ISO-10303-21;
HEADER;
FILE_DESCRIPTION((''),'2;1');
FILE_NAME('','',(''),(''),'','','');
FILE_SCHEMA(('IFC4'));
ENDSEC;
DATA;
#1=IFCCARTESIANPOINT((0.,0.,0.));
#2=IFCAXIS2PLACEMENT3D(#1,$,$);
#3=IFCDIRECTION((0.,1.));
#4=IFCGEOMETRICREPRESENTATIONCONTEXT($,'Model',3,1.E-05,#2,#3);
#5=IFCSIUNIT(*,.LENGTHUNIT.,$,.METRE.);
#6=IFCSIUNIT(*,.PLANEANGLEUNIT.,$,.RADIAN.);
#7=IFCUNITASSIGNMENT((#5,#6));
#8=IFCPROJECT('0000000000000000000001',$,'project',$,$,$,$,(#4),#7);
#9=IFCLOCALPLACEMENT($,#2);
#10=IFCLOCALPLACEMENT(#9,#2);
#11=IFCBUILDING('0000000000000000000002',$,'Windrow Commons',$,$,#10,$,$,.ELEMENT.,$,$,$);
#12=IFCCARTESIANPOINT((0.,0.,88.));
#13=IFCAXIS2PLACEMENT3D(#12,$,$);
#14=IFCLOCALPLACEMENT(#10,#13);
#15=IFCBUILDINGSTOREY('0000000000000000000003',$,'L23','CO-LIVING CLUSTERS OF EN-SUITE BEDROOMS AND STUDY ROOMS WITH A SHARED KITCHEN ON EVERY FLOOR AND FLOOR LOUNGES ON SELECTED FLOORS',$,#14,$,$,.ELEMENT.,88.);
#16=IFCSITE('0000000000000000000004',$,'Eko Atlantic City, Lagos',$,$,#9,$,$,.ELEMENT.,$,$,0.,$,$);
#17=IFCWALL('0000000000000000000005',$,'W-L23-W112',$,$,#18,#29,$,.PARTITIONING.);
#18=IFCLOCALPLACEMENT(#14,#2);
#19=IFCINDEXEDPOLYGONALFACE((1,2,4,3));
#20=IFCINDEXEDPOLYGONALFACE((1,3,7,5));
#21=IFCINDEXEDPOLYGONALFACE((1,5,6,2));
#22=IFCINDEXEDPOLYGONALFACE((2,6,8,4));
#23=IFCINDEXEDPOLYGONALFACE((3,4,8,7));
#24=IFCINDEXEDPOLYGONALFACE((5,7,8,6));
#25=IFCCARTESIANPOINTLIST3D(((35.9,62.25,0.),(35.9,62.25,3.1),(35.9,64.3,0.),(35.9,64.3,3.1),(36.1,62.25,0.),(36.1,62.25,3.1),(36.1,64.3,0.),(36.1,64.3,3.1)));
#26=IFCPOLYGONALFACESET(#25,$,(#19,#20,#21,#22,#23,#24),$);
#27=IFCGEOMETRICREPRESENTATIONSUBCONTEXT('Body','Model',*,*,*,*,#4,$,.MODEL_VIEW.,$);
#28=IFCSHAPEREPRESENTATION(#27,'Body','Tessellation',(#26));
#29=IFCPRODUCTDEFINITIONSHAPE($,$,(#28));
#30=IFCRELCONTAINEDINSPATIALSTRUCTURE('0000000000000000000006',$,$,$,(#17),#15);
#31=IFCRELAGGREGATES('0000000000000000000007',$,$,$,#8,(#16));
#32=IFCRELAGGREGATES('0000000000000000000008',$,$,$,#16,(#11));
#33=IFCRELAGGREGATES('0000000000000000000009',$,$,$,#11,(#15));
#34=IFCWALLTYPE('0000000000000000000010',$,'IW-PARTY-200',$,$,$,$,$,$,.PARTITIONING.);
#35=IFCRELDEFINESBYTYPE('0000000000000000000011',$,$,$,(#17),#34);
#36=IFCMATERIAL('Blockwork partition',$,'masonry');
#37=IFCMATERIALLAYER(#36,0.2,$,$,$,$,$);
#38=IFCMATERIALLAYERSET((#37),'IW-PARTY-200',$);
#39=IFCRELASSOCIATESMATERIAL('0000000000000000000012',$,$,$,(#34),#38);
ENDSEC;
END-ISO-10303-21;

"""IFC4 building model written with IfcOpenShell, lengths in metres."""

from ifc_helpers import new_model, si_unit, direction, frame, frame_2d, origin, place, context, subcontext, project, spatial, rectangle, extrude, material, layer, layer_set, type_object, element, save


model = new_model("IFC4")

# Units and contexts
model_context = context("Model", 3, precision=1e-05, world=origin(), true_north=direction((0.0, 1.0)))
body_context = subcontext(model_context, "Body", "Model", "MODEL_VIEW")
ifc_project = project(units=[si_unit("LENGTHUNIT", "METRE"), si_unit("PLANEANGLEUNIT", "RADIAN")], contexts=[model_context])

# Site, building, storey
site_placement = place(None, origin())
site = spatial("IfcSite", under=ifc_project, at=site_placement, Name="Eko Atlantic City, Lagos", CompositionType="ELEMENT", RefElevation=0.0)
building_placement = place(site_placement, origin())
building = spatial("IfcBuilding", under=site, at=building_placement, Name="Windrow Commons", CompositionType="ELEMENT")
storey_placement = place(building_placement, frame((0.0, 0.0, 88.0)))
storey = spatial("IfcBuildingStorey", under=building, at=storey_placement, Name="L23", Description="CO-LIVING CLUSTERS OF EN-SUITE BEDROOMS AND STUDY ROOMS WITH A SHARED KITCHEN ON EVERY FLOOR AND FLOOR LOUNGES ON SELECTED FLOORS", CompositionType="ELEMENT", Elevation=88.0)

# Wall
ifc_material_1 = material(Name="Blockwork partition", Category="masonry")
ifc_layer_1 = layer(ifc_material_1, 0.2)
ifc_layer_set_1 = layer_set([ifc_layer_1], Name="IW-PARTY-200")
wall_type_1 = type_object("IfcWallType", Name="IW-PARTY-200", PredefinedType="PARTITIONING", material=ifc_layer_set_1)
for number, where, z_axis, x_axis, name in (
    (1, (36.0, 62.25, 0.0), (0.0, 0.0, 1.0), (0.0, 1.0, 0.0), "W-L23-W112"),
):
    element("IfcWall", number, at=place(storey_placement, frame(where, z_axis=z_axis, x_axis=x_axis)), inside=storey, type_object=wall_type_1, Name=name, PredefinedType="PARTITIONING", context=body_context, shape_type="SweptSolid", body=[
        extrude(rectangle(XDim=2.05, YDim=0.2, at=frame_2d((1.025, 0.0))), origin(), (0.0, 0.0, 1.0), 3.1),
    ])

save(model, "model.ifc")
